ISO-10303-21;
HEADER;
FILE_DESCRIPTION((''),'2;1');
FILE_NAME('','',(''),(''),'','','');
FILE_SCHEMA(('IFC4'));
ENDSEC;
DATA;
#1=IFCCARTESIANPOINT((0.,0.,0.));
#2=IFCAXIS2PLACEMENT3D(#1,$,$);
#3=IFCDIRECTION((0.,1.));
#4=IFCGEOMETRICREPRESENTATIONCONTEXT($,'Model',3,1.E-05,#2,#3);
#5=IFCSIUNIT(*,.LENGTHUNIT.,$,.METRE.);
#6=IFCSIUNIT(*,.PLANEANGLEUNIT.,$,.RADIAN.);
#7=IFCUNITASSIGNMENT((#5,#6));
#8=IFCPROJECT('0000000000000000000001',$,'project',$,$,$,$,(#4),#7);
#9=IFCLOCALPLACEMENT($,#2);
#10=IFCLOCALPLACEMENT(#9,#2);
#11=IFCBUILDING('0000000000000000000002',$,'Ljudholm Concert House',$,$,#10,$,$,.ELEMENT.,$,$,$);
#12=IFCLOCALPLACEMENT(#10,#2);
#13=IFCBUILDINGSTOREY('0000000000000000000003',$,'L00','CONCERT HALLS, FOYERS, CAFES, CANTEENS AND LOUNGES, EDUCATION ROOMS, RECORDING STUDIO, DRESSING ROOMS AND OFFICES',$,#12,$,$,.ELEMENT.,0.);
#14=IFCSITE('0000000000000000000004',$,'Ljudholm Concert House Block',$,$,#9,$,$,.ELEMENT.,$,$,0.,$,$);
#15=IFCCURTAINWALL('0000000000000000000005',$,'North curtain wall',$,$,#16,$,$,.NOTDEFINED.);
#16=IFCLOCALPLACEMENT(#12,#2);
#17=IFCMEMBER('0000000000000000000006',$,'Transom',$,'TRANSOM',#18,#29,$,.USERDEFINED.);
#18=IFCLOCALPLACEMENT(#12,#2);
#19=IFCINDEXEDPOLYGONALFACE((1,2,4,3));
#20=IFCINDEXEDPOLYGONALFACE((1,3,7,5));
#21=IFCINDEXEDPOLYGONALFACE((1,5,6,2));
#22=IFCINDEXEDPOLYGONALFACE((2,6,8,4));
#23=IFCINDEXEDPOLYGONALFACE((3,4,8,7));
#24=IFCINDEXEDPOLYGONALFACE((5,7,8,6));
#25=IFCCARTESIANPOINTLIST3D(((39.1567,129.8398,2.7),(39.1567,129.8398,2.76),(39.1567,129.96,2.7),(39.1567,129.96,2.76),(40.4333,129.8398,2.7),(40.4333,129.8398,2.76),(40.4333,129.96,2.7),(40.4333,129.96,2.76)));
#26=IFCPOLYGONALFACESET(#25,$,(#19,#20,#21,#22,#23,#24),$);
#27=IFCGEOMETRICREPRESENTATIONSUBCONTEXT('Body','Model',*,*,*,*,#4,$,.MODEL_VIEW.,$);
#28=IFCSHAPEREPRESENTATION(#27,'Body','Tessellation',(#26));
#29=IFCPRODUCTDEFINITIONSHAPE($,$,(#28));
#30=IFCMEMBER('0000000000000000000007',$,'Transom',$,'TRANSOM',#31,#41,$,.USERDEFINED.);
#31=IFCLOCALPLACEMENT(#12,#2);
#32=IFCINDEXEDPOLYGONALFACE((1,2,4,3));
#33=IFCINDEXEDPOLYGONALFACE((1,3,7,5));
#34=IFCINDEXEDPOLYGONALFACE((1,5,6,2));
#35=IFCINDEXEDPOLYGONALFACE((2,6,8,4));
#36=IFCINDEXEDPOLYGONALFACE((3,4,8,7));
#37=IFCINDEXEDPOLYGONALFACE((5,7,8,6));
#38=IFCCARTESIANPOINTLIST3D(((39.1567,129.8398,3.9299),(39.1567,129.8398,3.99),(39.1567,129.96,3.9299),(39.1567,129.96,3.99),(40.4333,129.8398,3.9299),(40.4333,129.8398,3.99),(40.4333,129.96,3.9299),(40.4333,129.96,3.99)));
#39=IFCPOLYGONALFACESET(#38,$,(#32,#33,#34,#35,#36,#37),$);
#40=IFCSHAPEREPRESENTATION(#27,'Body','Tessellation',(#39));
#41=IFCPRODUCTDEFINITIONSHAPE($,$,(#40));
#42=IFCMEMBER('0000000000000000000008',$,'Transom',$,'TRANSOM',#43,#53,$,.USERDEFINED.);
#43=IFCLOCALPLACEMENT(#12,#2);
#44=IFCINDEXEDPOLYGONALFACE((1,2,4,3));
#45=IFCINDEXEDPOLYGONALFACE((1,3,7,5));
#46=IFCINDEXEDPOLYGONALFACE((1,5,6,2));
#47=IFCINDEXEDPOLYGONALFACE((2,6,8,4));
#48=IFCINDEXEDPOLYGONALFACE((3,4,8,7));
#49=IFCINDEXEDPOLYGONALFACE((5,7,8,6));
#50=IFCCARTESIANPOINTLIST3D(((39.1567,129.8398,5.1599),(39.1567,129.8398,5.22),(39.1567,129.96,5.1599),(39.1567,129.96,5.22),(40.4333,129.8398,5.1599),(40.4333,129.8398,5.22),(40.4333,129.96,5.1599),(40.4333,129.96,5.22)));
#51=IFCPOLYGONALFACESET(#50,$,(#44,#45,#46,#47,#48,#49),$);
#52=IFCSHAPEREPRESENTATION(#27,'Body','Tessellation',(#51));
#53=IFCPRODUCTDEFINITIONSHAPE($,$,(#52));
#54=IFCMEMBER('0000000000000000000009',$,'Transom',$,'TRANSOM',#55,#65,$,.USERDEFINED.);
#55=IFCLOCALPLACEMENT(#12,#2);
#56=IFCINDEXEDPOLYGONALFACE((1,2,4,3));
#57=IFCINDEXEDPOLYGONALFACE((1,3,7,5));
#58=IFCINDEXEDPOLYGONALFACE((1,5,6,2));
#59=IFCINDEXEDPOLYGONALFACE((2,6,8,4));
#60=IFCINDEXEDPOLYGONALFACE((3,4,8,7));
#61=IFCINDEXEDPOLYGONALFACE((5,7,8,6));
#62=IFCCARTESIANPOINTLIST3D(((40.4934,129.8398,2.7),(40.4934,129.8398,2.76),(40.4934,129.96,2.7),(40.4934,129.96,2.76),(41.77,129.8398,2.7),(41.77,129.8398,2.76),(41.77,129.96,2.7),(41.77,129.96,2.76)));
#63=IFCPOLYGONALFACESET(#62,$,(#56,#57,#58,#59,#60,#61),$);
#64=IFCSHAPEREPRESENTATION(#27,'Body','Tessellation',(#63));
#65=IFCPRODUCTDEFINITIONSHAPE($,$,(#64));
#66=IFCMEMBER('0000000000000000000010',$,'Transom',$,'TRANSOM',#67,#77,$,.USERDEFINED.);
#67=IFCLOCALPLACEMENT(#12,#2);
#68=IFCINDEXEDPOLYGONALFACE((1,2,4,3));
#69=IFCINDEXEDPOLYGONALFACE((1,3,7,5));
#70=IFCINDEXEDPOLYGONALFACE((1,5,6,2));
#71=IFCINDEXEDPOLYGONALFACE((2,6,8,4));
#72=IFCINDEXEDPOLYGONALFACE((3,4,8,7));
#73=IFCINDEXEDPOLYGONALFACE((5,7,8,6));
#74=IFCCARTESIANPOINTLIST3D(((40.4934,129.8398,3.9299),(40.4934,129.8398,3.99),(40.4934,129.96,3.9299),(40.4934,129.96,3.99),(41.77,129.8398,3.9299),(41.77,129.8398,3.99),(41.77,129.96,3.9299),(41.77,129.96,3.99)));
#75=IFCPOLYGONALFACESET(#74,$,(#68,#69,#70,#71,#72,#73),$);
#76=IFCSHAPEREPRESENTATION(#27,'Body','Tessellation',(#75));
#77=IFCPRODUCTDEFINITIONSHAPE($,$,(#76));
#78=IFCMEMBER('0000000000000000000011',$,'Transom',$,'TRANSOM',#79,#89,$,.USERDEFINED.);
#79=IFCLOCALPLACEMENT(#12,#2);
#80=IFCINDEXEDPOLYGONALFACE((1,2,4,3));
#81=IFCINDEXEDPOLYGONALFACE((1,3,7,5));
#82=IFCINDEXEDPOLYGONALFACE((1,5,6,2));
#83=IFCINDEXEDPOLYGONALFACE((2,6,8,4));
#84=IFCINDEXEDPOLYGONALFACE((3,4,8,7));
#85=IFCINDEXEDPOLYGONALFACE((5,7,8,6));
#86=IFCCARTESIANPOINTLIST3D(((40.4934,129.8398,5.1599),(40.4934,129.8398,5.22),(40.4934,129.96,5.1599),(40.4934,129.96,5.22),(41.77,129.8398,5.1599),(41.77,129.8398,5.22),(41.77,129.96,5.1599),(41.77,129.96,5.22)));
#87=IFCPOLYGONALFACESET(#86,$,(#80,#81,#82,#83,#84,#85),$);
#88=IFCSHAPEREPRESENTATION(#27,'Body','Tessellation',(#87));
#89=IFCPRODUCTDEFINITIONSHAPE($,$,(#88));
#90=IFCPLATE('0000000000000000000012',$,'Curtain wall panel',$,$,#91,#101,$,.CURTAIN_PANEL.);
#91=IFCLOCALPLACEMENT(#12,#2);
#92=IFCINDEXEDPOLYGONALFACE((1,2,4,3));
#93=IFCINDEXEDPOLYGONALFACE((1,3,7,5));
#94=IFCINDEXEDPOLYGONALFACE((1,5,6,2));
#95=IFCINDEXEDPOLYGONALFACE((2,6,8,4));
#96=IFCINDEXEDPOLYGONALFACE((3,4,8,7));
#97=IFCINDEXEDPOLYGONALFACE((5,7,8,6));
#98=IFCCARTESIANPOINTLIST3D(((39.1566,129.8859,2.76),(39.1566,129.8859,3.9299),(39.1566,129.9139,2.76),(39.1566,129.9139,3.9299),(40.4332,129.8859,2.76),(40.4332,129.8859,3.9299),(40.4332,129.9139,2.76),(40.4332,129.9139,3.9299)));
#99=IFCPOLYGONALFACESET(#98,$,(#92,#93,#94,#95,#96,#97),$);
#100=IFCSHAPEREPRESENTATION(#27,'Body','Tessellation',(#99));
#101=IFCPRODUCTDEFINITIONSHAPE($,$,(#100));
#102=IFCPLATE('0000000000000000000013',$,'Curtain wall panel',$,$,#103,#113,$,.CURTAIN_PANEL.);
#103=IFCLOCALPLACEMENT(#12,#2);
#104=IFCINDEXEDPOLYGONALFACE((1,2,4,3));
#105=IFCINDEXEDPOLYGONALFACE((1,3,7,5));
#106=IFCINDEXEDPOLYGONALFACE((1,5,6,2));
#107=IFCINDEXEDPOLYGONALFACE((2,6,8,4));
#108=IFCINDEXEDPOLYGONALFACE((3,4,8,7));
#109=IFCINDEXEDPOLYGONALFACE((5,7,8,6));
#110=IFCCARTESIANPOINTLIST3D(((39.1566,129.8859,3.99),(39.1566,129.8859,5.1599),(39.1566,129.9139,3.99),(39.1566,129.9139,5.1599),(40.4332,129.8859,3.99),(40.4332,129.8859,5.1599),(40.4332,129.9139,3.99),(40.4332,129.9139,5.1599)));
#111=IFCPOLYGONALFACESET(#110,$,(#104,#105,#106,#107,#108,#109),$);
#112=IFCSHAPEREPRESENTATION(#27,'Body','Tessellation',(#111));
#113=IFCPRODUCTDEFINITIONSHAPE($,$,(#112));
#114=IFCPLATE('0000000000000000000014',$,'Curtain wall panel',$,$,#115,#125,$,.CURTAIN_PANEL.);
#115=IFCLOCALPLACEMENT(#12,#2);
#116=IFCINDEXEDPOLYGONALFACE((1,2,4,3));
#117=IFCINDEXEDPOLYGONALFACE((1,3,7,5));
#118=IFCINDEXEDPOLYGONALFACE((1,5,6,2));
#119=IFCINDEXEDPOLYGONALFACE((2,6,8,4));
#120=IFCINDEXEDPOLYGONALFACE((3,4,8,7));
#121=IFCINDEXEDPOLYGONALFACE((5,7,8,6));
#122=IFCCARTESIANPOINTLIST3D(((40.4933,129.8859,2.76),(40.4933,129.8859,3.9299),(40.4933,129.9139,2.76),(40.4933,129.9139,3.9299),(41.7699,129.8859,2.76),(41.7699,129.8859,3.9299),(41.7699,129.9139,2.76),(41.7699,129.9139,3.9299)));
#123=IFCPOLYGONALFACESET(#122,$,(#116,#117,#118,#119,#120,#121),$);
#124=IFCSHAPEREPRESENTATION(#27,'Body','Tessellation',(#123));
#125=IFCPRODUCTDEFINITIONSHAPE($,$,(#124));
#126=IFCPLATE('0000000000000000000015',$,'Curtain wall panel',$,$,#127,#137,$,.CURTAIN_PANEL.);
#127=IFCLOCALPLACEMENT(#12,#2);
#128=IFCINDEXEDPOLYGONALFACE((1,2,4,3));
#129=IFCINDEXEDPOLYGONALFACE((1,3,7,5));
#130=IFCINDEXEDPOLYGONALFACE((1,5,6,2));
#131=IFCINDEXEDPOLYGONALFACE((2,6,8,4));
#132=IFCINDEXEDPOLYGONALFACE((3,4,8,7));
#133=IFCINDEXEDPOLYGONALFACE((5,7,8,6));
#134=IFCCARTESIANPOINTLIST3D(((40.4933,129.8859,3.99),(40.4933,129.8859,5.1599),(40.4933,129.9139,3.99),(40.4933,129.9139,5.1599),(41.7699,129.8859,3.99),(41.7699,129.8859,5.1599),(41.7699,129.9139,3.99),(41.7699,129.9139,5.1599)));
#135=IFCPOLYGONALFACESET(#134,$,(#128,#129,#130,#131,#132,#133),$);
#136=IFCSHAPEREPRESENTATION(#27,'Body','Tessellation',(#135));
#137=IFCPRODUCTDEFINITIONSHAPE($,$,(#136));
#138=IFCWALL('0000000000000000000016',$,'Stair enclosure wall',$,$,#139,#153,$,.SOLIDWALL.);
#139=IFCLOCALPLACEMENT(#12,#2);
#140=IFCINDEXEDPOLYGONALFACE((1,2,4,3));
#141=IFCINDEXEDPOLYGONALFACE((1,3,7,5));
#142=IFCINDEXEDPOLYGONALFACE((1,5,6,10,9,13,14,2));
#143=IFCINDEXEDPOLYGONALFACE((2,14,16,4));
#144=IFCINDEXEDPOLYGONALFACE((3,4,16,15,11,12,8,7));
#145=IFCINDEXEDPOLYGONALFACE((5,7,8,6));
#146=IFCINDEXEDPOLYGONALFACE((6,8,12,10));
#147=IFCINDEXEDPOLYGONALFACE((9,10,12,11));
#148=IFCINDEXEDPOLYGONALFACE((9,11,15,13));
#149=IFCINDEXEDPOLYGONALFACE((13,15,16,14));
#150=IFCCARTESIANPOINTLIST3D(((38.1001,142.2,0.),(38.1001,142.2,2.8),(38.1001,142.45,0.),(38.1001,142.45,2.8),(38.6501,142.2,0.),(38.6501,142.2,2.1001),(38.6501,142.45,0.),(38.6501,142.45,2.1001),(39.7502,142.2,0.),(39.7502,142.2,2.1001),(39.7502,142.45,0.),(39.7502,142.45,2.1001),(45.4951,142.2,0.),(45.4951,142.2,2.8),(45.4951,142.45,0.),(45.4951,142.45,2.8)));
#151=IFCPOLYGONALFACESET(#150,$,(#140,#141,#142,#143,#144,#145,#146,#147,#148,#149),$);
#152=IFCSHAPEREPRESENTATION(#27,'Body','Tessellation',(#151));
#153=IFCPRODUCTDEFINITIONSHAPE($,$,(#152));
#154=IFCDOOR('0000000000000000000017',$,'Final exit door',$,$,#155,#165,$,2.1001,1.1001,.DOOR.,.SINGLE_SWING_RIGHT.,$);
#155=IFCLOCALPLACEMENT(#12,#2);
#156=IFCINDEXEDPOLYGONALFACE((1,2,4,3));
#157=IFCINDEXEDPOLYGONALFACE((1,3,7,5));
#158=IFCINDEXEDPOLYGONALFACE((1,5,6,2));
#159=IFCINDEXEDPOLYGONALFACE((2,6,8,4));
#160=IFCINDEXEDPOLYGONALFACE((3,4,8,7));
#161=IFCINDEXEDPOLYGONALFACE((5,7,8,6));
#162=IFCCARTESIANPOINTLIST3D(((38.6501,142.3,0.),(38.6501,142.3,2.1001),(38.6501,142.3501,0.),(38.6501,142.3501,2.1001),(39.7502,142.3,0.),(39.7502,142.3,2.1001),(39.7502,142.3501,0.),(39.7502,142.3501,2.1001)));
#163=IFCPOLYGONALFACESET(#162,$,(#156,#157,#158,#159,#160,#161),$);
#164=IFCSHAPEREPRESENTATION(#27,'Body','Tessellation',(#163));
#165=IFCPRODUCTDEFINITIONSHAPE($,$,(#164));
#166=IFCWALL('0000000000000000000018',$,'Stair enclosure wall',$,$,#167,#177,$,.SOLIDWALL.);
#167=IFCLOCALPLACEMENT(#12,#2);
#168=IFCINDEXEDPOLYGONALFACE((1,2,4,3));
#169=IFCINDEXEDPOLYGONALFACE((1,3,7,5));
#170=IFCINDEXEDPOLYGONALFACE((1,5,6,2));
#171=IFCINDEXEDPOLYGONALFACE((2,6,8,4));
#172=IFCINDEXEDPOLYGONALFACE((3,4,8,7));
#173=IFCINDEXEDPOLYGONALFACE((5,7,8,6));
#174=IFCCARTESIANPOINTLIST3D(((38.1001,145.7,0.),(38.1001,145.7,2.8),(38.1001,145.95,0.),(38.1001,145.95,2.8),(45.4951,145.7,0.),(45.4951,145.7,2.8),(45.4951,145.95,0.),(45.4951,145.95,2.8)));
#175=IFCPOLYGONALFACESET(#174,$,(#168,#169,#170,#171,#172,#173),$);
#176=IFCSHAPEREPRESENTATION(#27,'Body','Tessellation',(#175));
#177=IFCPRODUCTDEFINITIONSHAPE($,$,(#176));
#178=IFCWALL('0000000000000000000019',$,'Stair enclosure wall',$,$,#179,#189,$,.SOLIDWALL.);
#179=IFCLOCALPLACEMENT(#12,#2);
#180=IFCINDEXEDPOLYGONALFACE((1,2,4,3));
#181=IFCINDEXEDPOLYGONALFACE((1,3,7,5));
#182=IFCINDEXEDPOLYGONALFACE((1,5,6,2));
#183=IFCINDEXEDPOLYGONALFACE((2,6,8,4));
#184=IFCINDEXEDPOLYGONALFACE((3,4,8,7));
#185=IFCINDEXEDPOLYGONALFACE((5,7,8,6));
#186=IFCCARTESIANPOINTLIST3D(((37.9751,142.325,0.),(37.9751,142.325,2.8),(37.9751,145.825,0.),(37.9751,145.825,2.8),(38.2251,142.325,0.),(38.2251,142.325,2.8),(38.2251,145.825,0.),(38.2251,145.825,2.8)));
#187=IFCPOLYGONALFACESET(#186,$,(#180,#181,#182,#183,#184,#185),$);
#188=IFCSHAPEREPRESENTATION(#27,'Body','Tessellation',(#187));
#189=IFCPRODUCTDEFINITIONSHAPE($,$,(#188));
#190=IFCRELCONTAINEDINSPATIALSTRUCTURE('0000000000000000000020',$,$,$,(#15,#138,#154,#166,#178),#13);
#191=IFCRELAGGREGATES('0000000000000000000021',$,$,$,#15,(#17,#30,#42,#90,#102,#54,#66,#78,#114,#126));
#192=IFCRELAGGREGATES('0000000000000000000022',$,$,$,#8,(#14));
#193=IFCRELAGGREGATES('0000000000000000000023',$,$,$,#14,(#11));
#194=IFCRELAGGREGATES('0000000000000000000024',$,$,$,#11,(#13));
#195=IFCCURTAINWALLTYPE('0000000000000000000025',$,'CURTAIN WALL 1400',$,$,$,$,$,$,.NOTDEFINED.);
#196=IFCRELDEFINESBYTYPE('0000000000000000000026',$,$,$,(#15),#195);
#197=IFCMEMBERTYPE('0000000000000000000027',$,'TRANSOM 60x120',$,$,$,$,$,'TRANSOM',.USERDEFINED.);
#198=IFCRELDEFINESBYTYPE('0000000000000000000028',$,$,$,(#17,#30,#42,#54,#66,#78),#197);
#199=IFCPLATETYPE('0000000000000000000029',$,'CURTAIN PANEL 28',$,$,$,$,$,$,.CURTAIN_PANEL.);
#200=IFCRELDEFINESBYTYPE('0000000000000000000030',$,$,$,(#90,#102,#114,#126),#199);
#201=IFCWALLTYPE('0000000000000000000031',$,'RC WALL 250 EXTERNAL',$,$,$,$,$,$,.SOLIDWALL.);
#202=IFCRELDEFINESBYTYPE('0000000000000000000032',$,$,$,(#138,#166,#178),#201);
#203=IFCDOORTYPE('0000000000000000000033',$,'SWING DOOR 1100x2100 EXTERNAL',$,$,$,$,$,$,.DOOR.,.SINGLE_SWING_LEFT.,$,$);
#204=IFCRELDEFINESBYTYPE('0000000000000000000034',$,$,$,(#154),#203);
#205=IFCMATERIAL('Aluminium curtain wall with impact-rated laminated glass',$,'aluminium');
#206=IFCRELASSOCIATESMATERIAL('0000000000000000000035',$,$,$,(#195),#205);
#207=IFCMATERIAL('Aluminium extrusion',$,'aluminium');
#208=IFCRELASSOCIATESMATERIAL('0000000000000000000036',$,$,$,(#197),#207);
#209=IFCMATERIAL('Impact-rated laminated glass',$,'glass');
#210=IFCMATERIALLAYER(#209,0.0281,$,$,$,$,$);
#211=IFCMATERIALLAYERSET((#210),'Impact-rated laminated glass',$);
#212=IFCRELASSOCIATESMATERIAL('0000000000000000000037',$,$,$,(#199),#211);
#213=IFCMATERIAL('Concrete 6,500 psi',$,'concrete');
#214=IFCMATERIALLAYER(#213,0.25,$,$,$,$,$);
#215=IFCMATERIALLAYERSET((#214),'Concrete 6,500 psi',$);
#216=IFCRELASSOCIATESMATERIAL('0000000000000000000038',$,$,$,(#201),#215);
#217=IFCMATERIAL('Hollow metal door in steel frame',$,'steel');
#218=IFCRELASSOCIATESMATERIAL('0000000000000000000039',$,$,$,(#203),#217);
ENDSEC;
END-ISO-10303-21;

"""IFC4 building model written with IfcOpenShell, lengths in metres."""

from ifc_helpers import new_model, si_unit, direction, frame, frame_2d, origin, origin_2d, place, context, subcontext, project, spatial, rectangle, extrude, material, layer, layer_set, material_profile, profile_set, type_object, element, fill, aggregate, save


model = new_model("IFC4")

# Units and contexts
model_context = context("Model", 3, precision=1e-05, world=origin(), true_north=direction((0.0, 1.0)))
body_context = subcontext(model_context, "Body", "Model", "MODEL_VIEW")
ifc_project = project(units=[si_unit("LENGTHUNIT", "METRE"), si_unit("PLANEANGLEUNIT", "RADIAN")], contexts=[model_context])

# Site, building, storey
site_placement = place(None, origin())
site = spatial("IfcSite", under=ifc_project, at=site_placement, Name="Ljudholm Concert House Block", CompositionType="ELEMENT", RefElevation=0.0)
building_placement = place(site_placement, origin())
building = spatial("IfcBuilding", under=site, at=building_placement, Name="Ljudholm Concert House", CompositionType="ELEMENT")
storey_placement = place(building_placement, origin())
storey = spatial("IfcBuildingStorey", under=building, at=storey_placement, Name="L00", Description="CONCERT HALLS, FOYERS, CAFES, CANTEENS AND LOUNGES, EDUCATION ROOMS, RECORDING STUDIO, DRESSING ROOMS AND OFFICES", CompositionType="ELEMENT", Elevation=0.0)

# Curtain wall
ifc_material_1 = material(Name="Aluminium curtain wall with impact-rated laminated glass", Category="aluminium")
curtain_wall_type = type_object("IfcCurtainWallType", Name="CURTAIN WALL 1400", PredefinedType="NOTDEFINED", material=ifc_material_1)
curtain_wall_placement = place(storey_placement, origin())
curtain_wall = element("IfcCurtainWall", 1, at=curtain_wall_placement, inside=storey, type_object=curtain_wall_type, Name="North curtain wall", PredefinedType="NOTDEFINED")

# Members
ifc_material_2 = material(Name="Aluminium extrusion", Category="aluminium")
ifc_material_profile_1 = material_profile(ifc_material_2, rectangle(XDim=0.1201, YDim=0.0601, at=origin_2d()), Name="TRANSOM 60x120")
ifc_profile_set_1 = profile_set([ifc_material_profile_1], Name="Aluminium extrusion")
member_type_1 = type_object("IfcMemberType", Name="TRANSOM 60x120", ElementType="TRANSOM", PredefinedType="USERDEFINED", material=ifc_profile_set_1)
member_1_placement = place(storey_placement, frame((39.1567, 129.8999, 2.73), z_axis=(1.0, 0.0, 0.0), x_axis=(0.0, 1.0, 0.0)))
member_1 = element("IfcMember", 2, at=member_1_placement, type_object=member_type_1, Name="Transom", ObjectType="TRANSOM", PredefinedType="USERDEFINED", context=body_context, shape_type="SweptSolid", body=[
    extrude(rectangle(XDim=0.1201, YDim=0.0601, at=origin_2d()), origin(), (0.0, 0.0, 1.0), 1.2766),
])
member_2_placement = place(storey_placement, frame((39.1567, 129.8999, 3.96), z_axis=(1.0, 0.0, 0.0), x_axis=(0.0, 1.0, 0.0)))
member_2 = element("IfcMember", 3, at=member_2_placement, type_object=member_type_1, Name="Transom", ObjectType="TRANSOM", PredefinedType="USERDEFINED", context=body_context, shape_type="SweptSolid", body=[
    extrude(rectangle(XDim=0.1201, YDim=0.0601, at=origin_2d()), origin(), (0.0, 0.0, 1.0), 1.2766),
])
member_3_placement = place(storey_placement, frame((39.1567, 129.8999, 5.1899), z_axis=(1.0, 0.0, 0.0), x_axis=(0.0, 1.0, 0.0)))
member_3 = element("IfcMember", 4, at=member_3_placement, type_object=member_type_1, Name="Transom", ObjectType="TRANSOM", PredefinedType="USERDEFINED", context=body_context, shape_type="SweptSolid", body=[
    extrude(rectangle(XDim=0.1201, YDim=0.0601, at=origin_2d()), origin(), (0.0, 0.0, 1.0), 1.2766),
])
member_4_placement = place(storey_placement, frame((40.4934, 129.8999, 2.73), z_axis=(1.0, 0.0, 0.0), x_axis=(0.0, 1.0, 0.0)))
member_4 = element("IfcMember", 5, at=member_4_placement, type_object=member_type_1, Name="Transom", ObjectType="TRANSOM", PredefinedType="USERDEFINED", context=body_context, shape_type="SweptSolid", body=[
    extrude(rectangle(XDim=0.1201, YDim=0.0601, at=origin_2d()), origin(), (0.0, 0.0, 1.0), 1.2766),
])
member_5_placement = place(storey_placement, frame((40.4934, 129.8999, 3.96), z_axis=(1.0, 0.0, 0.0), x_axis=(0.0, 1.0, 0.0)))
member_5 = element("IfcMember", 6, at=member_5_placement, type_object=member_type_1, Name="Transom", ObjectType="TRANSOM", PredefinedType="USERDEFINED", context=body_context, shape_type="SweptSolid", body=[
    extrude(rectangle(XDim=0.1201, YDim=0.0601, at=origin_2d()), origin(), (0.0, 0.0, 1.0), 1.2766),
])
member_6_placement = place(storey_placement, frame((40.4934, 129.8999, 5.1899), z_axis=(1.0, 0.0, 0.0), x_axis=(0.0, 1.0, 0.0)))
member_6 = element("IfcMember", 7, at=member_6_placement, type_object=member_type_1, Name="Transom", ObjectType="TRANSOM", PredefinedType="USERDEFINED", context=body_context, shape_type="SweptSolid", body=[
    extrude(rectangle(XDim=0.1201, YDim=0.0601, at=origin_2d()), origin(), (0.0, 0.0, 1.0), 1.2766),
])

# Plates
ifc_material_3 = material(Name="Impact-rated laminated glass", Category="glass")
ifc_layer_1 = layer(ifc_material_3, 0.0281)
ifc_layer_set_1 = layer_set([ifc_layer_1], Name="Impact-rated laminated glass")
plate_type = type_object("IfcPlateType", Name="CURTAIN PANEL 28", PredefinedType="CURTAIN_PANEL", material=ifc_layer_set_1)
plate_1_placement = place(storey_placement, frame((39.7949, 129.8999, 2.76), z_axis=(0.0, 0.0, 1.0), x_axis=(1.0, 0.0, 0.0)))
plate_1 = element("IfcPlate", 8, at=plate_1_placement, type_object=plate_type, Name="Curtain wall panel", PredefinedType="CURTAIN_PANEL", context=body_context, shape_type="SweptSolid", body=[
    extrude(rectangle(XDim=1.2766, YDim=0.0281, at=origin_2d()), origin(), (0.0, 0.0, 1.0), 1.1699),
])
plate_2_placement = place(storey_placement, frame((39.7949, 129.8999, 3.99), z_axis=(0.0, 0.0, 1.0), x_axis=(1.0, 0.0, 0.0)))
plate_2 = element("IfcPlate", 9, at=plate_2_placement, type_object=plate_type, Name="Curtain wall panel", PredefinedType="CURTAIN_PANEL", context=body_context, shape_type="SweptSolid", body=[
    extrude(rectangle(XDim=1.2766, YDim=0.0281, at=origin_2d()), origin(), (0.0, 0.0, 1.0), 1.1699),
])
plate_3_placement = place(storey_placement, frame((41.1316, 129.8999, 2.76), z_axis=(0.0, 0.0, 1.0), x_axis=(1.0, 0.0, 0.0)))
plate_3 = element("IfcPlate", 10, at=plate_3_placement, type_object=plate_type, Name="Curtain wall panel", PredefinedType="CURTAIN_PANEL", context=body_context, shape_type="SweptSolid", body=[
    extrude(rectangle(XDim=1.2766, YDim=0.0281, at=origin_2d()), origin(), (0.0, 0.0, 1.0), 1.1699),
])
plate_4_placement = place(storey_placement, frame((41.1316, 129.8999, 3.99), z_axis=(0.0, 0.0, 1.0), x_axis=(1.0, 0.0, 0.0)))
plate_4 = element("IfcPlate", 11, at=plate_4_placement, type_object=plate_type, Name="Curtain wall panel", PredefinedType="CURTAIN_PANEL", context=body_context, shape_type="SweptSolid", body=[
    extrude(rectangle(XDim=1.2766, YDim=0.0281, at=origin_2d()), origin(), (0.0, 0.0, 1.0), 1.1699),
])
aggregate(curtain_wall, [member_1, member_2, member_3, plate_1, plate_2, member_4, member_5, member_6, plate_3, plate_4])

# Wall, opening, door
ifc_material_4 = material(Name="Concrete 6,500 psi", Category="concrete")
ifc_layer_2 = layer(ifc_material_4, 0.25)
ifc_layer_set_2 = layer_set([ifc_layer_2], Name="Concrete 6,500 psi")
wall_type = type_object("IfcWallType", Name="RC WALL 250 EXTERNAL", PredefinedType="SOLIDWALL", material=ifc_layer_set_2)
wall_1_placement = place(storey_placement, frame((38.1001, 142.325, 0.0), z_axis=(0.0, 0.0, 1.0), x_axis=(1.0, 0.0, 0.0)))
wall_1 = element("IfcWall", 12, at=wall_1_placement, inside=storey, type_object=wall_type, Name="Stair enclosure wall", PredefinedType="SOLIDWALL", context=body_context, shape_type="SweptSolid", body=[
    extrude(rectangle(XDim=7.395, YDim=0.25, at=frame_2d((3.6975, 0.0))), origin(), (0.0, 0.0, 1.0), 2.8),
])
opening_placement = place(wall_1_placement, frame((0.55, 0.0, 0.0)))
opening = element("IfcOpeningElement", 13, at=opening_placement, cuts=wall_1, PredefinedType="OPENING", context=body_context, shape_type="SweptSolid", body=[
    extrude(rectangle(XDim=1.1001, YDim=2.1001, at=frame_2d((0.55, 1.05))), frame((0.0, 0.135, 0.0), z_axis=(0.0, -1.0, 0.0), x_axis=(1.0, 0.0, 0.0)), (0.0, 0.0, 1.0), 0.27),
])
ifc_material_5 = material(Name="Hollow metal door in steel frame", Category="steel")
door_type = type_object("IfcDoorType", Name="SWING DOOR 1100x2100 EXTERNAL", OperationType="SINGLE_SWING_LEFT", PredefinedType="DOOR", material=ifc_material_5)
door_placement = place(opening_placement, frame((1.1001, 0.0, 0.0), z_axis=(0.0, 0.0, 1.0), x_axis=(-1.0, 0.0, 0.0)))
door = element("IfcDoor", 14, at=door_placement, inside=storey, type_object=door_type, Name="Final exit door", OperationType="SINGLE_SWING_RIGHT", OverallHeight=2.1001, OverallWidth=1.1001, PredefinedType="DOOR", context=body_context, shape_type="SweptSolid", body=[
    extrude(rectangle(XDim=1.1001, YDim=2.1001, at=frame_2d((0.55, 1.05))), frame((0.0, 0.0249, 0.0), z_axis=(0.0, -1.0, 0.0), x_axis=(1.0, 0.0, 0.0)), (0.0, 0.0, 1.0), 0.05),
])
fill(opening, door)

# Walls
wall_2_placement = place(storey_placement, frame((38.1001, 145.825, 0.0), z_axis=(0.0, 0.0, 1.0), x_axis=(1.0, 0.0, 0.0)))
element("IfcWall", 15, at=wall_2_placement, inside=storey, type_object=wall_type, Name="Stair enclosure wall", PredefinedType="SOLIDWALL", context=body_context, shape_type="SweptSolid", body=[
    extrude(rectangle(XDim=7.395, YDim=0.25, at=frame_2d((3.6975, 0.0))), origin(), (0.0, 0.0, 1.0), 2.8),
])
wall_3_placement = place(storey_placement, frame((38.1001, 142.325, 0.0), z_axis=(0.0, 0.0, 1.0), x_axis=(0.0, 1.0, 0.0)))
element("IfcWall", 16, at=wall_3_placement, inside=storey, type_object=wall_type, Name="Stair enclosure wall", PredefinedType="SOLIDWALL", context=body_context, shape_type="SweptSolid", body=[
    extrude(rectangle(XDim=3.5, YDim=0.25, at=frame_2d((1.75, 0.0))), origin(), (0.0, 0.0, 1.0), 2.8),
])

save(model, "model.ifc")
